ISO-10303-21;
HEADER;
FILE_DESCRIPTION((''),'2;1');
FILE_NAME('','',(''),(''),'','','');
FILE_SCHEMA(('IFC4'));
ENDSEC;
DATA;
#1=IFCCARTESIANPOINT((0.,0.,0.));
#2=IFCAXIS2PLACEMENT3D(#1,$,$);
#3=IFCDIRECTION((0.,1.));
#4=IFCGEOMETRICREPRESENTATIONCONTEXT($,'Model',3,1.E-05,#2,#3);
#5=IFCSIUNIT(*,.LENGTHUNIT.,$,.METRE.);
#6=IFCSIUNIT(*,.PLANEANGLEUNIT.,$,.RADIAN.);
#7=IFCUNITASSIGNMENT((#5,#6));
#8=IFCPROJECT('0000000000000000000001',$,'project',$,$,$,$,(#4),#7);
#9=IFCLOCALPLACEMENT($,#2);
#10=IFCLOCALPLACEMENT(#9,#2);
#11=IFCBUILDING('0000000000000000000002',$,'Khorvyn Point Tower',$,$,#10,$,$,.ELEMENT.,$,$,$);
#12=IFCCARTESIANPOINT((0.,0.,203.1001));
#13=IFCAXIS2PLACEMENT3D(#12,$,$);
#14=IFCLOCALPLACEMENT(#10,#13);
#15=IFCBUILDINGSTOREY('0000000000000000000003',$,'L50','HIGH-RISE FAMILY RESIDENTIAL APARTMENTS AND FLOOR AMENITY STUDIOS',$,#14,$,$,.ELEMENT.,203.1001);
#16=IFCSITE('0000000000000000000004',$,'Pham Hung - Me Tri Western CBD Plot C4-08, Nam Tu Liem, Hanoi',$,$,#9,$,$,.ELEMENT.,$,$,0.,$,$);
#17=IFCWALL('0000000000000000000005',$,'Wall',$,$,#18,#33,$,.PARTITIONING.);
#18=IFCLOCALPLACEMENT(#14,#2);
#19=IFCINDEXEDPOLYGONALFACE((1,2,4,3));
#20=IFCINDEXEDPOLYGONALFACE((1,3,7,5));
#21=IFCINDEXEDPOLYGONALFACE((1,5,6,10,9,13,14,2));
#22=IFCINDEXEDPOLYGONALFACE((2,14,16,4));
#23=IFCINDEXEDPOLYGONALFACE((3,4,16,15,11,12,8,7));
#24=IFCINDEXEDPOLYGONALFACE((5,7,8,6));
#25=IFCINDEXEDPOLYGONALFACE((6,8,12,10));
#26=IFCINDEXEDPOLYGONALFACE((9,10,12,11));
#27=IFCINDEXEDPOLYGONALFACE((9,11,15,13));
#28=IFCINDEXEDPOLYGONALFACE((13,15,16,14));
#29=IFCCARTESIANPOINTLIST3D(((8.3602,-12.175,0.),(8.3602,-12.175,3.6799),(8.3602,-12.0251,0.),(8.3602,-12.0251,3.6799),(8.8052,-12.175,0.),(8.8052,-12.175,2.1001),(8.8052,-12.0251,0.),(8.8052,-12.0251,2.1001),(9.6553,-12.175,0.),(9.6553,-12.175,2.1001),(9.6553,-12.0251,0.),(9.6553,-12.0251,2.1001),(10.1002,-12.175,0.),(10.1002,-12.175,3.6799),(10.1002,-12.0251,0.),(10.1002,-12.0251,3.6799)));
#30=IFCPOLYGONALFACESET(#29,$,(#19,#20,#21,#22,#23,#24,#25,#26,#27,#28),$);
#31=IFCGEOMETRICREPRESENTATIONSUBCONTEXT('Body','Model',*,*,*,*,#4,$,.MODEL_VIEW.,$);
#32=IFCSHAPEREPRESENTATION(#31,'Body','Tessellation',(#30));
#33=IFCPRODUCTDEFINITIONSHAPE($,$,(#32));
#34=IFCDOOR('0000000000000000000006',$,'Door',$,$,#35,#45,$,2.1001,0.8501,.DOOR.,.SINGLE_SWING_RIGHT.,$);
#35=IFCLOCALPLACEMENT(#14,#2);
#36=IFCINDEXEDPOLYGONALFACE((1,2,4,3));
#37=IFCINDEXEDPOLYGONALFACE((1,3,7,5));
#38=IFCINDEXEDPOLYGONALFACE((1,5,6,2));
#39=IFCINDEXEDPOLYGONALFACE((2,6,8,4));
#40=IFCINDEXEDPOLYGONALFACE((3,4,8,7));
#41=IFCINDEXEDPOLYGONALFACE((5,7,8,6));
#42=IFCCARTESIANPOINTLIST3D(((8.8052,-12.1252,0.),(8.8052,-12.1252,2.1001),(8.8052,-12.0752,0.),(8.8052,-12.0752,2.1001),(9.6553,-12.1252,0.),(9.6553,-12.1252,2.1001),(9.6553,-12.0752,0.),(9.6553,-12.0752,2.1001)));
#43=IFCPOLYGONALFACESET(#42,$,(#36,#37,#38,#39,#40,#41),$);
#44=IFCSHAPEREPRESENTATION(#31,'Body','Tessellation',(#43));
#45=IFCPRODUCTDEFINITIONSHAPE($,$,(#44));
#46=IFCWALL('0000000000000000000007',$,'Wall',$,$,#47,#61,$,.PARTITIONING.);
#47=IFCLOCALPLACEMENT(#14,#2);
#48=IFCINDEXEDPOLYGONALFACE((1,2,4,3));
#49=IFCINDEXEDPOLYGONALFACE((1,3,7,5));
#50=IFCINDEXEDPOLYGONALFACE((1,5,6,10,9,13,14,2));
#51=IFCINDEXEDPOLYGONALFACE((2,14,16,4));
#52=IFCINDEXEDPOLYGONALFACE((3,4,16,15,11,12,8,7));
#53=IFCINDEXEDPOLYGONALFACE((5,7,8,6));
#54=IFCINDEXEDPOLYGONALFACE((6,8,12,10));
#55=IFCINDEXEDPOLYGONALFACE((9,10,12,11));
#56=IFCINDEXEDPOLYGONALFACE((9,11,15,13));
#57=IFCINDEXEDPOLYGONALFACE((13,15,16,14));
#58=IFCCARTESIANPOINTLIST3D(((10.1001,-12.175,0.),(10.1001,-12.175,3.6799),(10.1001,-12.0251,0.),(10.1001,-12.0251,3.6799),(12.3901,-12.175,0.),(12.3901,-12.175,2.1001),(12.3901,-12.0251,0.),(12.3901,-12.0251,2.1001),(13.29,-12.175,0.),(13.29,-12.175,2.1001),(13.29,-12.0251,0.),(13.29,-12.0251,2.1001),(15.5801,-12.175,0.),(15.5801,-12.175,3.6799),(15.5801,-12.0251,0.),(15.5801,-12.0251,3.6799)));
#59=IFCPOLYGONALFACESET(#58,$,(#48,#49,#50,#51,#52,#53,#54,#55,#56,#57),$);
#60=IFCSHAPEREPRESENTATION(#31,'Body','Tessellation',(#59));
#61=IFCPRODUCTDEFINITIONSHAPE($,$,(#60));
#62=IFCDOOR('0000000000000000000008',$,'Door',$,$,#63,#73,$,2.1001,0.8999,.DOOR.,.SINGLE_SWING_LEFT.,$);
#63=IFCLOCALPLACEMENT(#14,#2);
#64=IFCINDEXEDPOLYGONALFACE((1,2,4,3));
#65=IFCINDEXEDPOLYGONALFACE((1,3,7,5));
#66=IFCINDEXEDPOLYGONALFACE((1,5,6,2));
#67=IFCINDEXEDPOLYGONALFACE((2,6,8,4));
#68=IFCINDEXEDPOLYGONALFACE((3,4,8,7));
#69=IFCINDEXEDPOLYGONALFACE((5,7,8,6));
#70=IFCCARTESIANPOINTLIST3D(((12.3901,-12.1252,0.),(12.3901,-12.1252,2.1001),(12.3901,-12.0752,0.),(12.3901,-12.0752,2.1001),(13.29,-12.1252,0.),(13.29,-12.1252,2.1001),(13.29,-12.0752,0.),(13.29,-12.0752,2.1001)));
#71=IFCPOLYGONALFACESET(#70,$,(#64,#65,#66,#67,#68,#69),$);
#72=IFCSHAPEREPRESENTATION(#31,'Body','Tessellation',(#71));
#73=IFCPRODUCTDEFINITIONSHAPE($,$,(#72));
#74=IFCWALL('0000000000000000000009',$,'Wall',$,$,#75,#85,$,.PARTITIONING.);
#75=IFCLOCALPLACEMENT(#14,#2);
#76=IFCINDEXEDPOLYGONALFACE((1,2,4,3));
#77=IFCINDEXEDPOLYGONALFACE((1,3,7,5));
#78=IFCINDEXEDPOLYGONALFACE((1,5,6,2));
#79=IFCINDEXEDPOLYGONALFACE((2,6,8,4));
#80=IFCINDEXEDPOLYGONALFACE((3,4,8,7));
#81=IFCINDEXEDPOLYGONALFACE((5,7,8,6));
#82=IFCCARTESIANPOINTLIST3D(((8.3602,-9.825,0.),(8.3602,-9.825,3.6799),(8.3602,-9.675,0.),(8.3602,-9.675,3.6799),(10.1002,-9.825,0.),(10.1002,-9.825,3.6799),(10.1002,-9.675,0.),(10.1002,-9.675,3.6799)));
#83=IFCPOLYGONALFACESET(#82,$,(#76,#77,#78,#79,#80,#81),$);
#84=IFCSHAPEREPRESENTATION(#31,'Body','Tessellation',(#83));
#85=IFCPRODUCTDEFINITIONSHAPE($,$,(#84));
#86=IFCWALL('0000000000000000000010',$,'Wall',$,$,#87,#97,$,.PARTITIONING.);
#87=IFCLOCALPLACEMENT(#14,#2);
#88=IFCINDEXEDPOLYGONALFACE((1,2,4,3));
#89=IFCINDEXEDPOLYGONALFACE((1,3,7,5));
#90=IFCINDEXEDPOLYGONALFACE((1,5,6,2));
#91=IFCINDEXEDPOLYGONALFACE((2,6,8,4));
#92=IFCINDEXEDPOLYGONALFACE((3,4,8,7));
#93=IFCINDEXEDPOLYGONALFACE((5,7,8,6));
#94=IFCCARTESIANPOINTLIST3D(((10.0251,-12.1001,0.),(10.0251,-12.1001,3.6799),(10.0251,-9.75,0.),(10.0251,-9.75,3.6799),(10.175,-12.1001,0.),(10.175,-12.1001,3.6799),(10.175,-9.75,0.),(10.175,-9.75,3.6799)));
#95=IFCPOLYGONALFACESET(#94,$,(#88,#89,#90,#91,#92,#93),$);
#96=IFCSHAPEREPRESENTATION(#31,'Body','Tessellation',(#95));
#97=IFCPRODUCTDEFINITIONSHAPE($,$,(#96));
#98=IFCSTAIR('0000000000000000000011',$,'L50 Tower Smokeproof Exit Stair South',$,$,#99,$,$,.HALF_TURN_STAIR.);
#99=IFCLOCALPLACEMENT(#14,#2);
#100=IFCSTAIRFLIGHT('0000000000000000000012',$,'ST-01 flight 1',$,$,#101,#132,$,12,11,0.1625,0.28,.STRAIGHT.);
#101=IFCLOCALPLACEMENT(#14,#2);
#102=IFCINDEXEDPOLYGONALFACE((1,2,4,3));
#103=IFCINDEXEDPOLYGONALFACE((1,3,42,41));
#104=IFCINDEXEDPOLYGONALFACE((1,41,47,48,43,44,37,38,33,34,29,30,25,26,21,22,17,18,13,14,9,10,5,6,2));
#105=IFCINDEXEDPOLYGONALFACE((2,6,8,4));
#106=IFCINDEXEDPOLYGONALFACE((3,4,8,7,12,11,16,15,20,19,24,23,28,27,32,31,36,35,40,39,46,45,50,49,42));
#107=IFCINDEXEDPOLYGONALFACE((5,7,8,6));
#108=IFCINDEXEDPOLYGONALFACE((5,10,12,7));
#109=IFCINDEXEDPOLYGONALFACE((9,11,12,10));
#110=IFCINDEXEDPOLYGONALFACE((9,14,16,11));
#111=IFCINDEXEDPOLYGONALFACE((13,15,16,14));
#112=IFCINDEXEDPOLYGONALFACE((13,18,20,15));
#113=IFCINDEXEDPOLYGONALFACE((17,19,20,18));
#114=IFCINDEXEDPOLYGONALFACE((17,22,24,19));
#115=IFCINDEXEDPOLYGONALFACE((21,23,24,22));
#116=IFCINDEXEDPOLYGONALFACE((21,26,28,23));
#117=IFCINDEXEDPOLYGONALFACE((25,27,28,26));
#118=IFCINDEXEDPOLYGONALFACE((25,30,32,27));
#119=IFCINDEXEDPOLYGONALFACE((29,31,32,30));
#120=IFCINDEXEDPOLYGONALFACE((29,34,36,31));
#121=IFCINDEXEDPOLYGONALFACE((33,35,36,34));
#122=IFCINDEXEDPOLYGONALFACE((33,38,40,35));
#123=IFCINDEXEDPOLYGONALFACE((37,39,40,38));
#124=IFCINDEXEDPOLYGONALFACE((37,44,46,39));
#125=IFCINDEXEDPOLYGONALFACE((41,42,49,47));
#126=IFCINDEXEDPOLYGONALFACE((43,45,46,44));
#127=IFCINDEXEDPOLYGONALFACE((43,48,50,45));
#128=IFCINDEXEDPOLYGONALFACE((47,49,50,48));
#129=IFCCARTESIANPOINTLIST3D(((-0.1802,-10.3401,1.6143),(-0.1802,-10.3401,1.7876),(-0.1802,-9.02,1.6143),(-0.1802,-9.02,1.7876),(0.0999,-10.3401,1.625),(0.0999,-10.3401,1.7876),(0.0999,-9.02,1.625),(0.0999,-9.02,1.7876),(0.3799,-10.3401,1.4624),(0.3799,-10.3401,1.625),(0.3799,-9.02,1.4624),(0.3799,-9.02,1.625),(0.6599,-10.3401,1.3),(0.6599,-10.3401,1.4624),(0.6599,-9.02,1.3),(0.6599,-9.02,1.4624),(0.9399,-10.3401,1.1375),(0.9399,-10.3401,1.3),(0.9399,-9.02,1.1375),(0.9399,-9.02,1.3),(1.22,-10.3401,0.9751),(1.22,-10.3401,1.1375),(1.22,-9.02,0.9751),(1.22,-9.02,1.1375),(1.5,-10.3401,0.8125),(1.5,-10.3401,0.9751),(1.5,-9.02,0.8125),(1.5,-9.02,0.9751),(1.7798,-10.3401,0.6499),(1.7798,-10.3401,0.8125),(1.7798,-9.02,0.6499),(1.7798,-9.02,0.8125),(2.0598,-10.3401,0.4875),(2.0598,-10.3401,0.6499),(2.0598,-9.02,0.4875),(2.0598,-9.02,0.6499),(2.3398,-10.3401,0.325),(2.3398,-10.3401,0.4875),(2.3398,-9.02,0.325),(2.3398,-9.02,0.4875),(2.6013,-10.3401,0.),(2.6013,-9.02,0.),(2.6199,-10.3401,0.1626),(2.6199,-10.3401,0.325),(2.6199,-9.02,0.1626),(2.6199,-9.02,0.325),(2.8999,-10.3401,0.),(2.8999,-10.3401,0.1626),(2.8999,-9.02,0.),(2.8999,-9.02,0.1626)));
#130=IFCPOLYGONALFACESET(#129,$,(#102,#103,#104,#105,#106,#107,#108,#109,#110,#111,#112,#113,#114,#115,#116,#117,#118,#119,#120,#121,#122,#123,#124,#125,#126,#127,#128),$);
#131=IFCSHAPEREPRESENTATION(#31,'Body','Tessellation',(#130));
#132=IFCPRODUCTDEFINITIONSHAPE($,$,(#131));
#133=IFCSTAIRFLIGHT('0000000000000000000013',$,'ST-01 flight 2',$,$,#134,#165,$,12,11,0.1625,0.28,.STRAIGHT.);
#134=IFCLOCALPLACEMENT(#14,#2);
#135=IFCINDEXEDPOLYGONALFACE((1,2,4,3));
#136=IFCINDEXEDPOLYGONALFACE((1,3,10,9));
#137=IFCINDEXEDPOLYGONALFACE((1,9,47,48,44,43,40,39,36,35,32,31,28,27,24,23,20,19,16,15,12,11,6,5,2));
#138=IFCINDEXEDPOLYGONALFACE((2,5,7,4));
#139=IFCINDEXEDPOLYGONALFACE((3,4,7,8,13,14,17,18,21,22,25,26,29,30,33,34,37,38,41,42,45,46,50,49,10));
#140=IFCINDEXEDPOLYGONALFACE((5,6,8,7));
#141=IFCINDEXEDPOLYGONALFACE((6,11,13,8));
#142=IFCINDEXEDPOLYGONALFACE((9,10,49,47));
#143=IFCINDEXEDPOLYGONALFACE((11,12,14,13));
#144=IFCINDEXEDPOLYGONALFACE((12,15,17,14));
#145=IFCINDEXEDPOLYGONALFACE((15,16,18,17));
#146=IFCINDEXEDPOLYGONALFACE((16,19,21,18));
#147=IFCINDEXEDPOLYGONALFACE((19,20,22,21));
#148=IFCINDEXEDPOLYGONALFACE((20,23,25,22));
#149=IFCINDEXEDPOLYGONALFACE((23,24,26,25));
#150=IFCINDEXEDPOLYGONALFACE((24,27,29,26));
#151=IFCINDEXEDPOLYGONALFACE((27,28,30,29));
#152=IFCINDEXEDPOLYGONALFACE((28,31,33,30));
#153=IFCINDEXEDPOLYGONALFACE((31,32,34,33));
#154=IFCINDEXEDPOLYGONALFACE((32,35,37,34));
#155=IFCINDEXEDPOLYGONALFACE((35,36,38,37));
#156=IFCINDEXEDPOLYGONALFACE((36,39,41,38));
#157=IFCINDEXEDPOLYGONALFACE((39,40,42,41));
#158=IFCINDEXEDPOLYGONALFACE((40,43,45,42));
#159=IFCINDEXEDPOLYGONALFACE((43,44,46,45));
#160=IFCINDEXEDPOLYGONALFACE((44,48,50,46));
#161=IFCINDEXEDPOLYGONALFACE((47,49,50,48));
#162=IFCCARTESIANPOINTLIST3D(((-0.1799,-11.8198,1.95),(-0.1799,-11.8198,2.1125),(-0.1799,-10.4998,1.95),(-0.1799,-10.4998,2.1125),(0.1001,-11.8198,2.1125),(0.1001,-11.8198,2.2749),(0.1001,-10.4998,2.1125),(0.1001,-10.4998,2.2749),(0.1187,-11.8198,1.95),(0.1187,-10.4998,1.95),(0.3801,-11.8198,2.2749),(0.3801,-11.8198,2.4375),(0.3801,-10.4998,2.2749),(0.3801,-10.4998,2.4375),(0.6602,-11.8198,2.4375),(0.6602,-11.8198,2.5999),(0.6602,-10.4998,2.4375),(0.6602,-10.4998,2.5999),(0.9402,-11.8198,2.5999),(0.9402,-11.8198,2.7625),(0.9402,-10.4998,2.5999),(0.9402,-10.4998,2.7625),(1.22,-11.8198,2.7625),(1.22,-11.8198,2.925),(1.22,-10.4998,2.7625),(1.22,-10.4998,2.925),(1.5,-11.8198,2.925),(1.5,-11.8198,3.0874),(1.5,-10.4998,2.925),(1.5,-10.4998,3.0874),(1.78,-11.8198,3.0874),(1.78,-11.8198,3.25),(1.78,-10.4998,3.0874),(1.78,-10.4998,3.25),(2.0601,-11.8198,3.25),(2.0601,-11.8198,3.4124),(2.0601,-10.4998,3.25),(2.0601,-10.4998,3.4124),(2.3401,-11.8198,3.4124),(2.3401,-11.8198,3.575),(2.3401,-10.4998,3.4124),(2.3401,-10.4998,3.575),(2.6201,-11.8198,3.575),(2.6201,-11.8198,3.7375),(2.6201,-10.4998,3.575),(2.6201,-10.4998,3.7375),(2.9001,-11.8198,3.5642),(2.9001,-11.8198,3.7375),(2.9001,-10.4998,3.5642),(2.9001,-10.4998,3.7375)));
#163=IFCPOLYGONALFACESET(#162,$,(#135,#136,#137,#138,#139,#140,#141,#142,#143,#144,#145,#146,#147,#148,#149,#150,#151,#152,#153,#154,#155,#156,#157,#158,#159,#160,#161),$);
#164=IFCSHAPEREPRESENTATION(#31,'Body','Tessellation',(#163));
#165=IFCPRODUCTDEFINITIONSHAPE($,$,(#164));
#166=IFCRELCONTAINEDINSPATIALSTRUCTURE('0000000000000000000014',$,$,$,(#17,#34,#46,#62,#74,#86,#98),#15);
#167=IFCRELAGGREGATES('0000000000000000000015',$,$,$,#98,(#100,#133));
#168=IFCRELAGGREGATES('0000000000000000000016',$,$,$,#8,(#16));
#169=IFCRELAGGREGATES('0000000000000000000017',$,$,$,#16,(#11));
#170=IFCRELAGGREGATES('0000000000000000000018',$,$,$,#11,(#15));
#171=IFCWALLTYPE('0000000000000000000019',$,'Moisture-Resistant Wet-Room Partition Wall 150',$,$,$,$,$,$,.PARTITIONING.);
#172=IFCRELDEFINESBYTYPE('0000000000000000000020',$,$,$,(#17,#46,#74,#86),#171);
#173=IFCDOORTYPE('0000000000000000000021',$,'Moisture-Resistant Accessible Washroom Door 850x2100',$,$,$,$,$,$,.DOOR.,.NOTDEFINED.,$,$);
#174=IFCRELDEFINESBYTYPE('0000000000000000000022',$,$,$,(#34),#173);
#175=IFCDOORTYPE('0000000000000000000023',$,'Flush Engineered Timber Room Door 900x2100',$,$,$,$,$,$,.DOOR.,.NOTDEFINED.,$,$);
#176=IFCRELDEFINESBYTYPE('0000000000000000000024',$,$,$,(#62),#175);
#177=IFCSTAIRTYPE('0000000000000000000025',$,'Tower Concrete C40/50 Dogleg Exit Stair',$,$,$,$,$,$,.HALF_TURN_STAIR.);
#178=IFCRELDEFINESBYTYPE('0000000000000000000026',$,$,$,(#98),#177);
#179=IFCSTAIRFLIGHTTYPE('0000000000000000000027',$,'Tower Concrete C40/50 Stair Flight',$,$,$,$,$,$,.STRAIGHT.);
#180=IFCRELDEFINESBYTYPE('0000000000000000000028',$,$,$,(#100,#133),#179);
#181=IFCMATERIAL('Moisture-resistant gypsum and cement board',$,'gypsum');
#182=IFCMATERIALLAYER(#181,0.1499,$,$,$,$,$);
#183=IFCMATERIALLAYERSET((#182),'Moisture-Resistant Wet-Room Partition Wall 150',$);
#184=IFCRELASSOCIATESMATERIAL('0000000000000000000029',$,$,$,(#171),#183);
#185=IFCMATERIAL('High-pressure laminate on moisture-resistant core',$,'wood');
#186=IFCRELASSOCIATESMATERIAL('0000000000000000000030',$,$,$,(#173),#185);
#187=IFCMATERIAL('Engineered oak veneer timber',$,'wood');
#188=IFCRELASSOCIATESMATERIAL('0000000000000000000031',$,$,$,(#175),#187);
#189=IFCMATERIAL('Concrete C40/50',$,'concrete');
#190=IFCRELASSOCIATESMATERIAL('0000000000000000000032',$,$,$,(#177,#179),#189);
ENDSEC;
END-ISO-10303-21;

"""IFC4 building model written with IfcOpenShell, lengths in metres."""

from ifc_helpers import new_model, si_unit, direction, frame, frame_2d, origin, place, context, subcontext, project, spatial, polyline, rectangle, outline, extrude, material, layer, layer_set, type_object, element, fill, aggregate, save


model = new_model("IFC4")

# Units and contexts
model_context = context("Model", 3, precision=1e-05, world=origin(), true_north=direction((0.0, 1.0)))
body_context = subcontext(model_context, "Body", "Model", "MODEL_VIEW")
ifc_project = project(units=[si_unit("LENGTHUNIT", "METRE"), si_unit("PLANEANGLEUNIT", "RADIAN")], contexts=[model_context])

# Site, building, storey
site_placement = place(None, origin())
site = spatial("IfcSite", under=ifc_project, at=site_placement, Name="Pham Hung - Me Tri Western CBD Plot C4-08, Nam Tu Liem, Hanoi", CompositionType="ELEMENT", RefElevation=0.0)
building_placement = place(site_placement, origin())
building = spatial("IfcBuilding", under=site, at=building_placement, Name="Khorvyn Point Tower", CompositionType="ELEMENT")
storey_placement = place(building_placement, frame((0.0, 0.0, 203.1001)))
storey = spatial("IfcBuildingStorey", under=building, at=storey_placement, Name="L50", Description="HIGH-RISE FAMILY RESIDENTIAL APARTMENTS AND FLOOR AMENITY STUDIOS", CompositionType="ELEMENT", Elevation=203.1001)

# Shared definitions
ifc_material_1 = material(Name="Concrete C40/50", Category="concrete")

# Walls, openings, doors
ifc_material_2 = material(Name="Moisture-resistant gypsum and cement board", Category="gypsum")
ifc_layer_1 = layer(ifc_material_2, 0.1499)
ifc_layer_set_1 = layer_set([ifc_layer_1], Name="Moisture-Resistant Wet-Room Partition Wall 150")
wall_type_1 = type_object("IfcWallType", Name="Moisture-Resistant Wet-Room Partition Wall 150", PredefinedType="PARTITIONING", material=ifc_layer_set_1)
wall_1_placement = place(storey_placement, frame((8.3601, -12.1001, 0.0), z_axis=(0.0, 0.0, 1.0), x_axis=(1.0, 0.0, 0.0)))
wall_1 = element("IfcWall", 1, at=wall_1_placement, inside=storey, type_object=wall_type_1, Name="Wall", PredefinedType="PARTITIONING", context=body_context, shape_type="SweptSolid", body=[
    extrude(rectangle(XDim=1.74, YDim=0.1499, at=frame_2d((0.8701, 0.0))), origin(), (0.0, 0.0, 1.0), 3.6799),
])
opening_1_placement = place(wall_1_placement, frame((0.4451, 0.0, 0.0)))
opening_1 = element("IfcOpeningElement", 2, at=opening_1_placement, cuts=wall_1, PredefinedType="OPENING", context=body_context, shape_type="SweptSolid", body=[
    extrude(rectangle(XDim=0.8501, YDim=2.1001, at=frame_2d((0.425, 1.05))), frame((0.0, 0.085, 0.0), z_axis=(0.0, -1.0, 0.0), x_axis=(1.0, 0.0, 0.0)), (0.0, 0.0, 1.0), 0.1699),
])
ifc_material_3 = material(Name="High-pressure laminate on moisture-resistant core", Category="wood")
door_type_1 = type_object("IfcDoorType", Name="Moisture-Resistant Accessible Washroom Door 850x2100", OperationType="NOTDEFINED", PredefinedType="DOOR", material=ifc_material_3)
door_1_placement = place(opening_1_placement, origin())
door_1 = element("IfcDoor", 3, at=door_1_placement, inside=storey, type_object=door_type_1, Name="Door", OperationType="SINGLE_SWING_RIGHT", OverallHeight=2.1001, OverallWidth=0.8501, PredefinedType="DOOR", context=body_context, shape_type="SweptSolid", body=[
    extrude(rectangle(XDim=0.8501, YDim=2.1001, at=frame_2d((0.425, 1.05))), frame((0.0, 0.0249, 0.0), z_axis=(0.0, -1.0, 0.0), x_axis=(1.0, 0.0, 0.0)), (0.0, 0.0, 1.0), 0.05),
])
fill(opening_1, door_1)
wall_2_placement = place(storey_placement, frame((10.1001, -12.1001, 0.0), z_axis=(0.0, 0.0, 1.0), x_axis=(1.0, 0.0, 0.0)))
wall_2 = element("IfcWall", 4, at=wall_2_placement, inside=storey, type_object=wall_type_1, Name="Wall", PredefinedType="PARTITIONING", context=body_context, shape_type="SweptSolid", body=[
    extrude(rectangle(XDim=5.48, YDim=0.1499, at=frame_2d((2.74, 0.0))), origin(), (0.0, 0.0, 1.0), 3.6799),
])
opening_2_placement = place(wall_2_placement, frame((2.29, 0.0, 0.0)))
opening_2 = element("IfcOpeningElement", 5, at=opening_2_placement, cuts=wall_2, PredefinedType="OPENING", context=body_context, shape_type="SweptSolid", body=[
    extrude(rectangle(XDim=0.8999, YDim=2.1001, at=frame_2d((0.45, 1.05))), frame((0.0, 0.085, 0.0), z_axis=(0.0, -1.0, 0.0), x_axis=(1.0, 0.0, 0.0)), (0.0, 0.0, 1.0), 0.1699),
])
ifc_material_4 = material(Name="Engineered oak veneer timber", Category="wood")
door_type_2 = type_object("IfcDoorType", Name="Flush Engineered Timber Room Door 900x2100", OperationType="NOTDEFINED", PredefinedType="DOOR", material=ifc_material_4)
door_2_placement = place(opening_2_placement, origin())
door_2 = element("IfcDoor", 6, at=door_2_placement, inside=storey, type_object=door_type_2, Name="Door", OperationType="SINGLE_SWING_LEFT", OverallHeight=2.1001, OverallWidth=0.8999, PredefinedType="DOOR", context=body_context, shape_type="SweptSolid", body=[
    extrude(rectangle(XDim=0.8999, YDim=2.1001, at=frame_2d((0.45, 1.05))), frame((0.0, 0.0249, 0.0), z_axis=(0.0, -1.0, 0.0), x_axis=(1.0, 0.0, 0.0)), (0.0, 0.0, 1.0), 0.05),
])
fill(opening_2, door_2)

# Walls
wall_3_placement = place(storey_placement, frame((8.3601, -9.75, 0.0), z_axis=(0.0, 0.0, 1.0), x_axis=(1.0, 0.0, 0.0)))
element("IfcWall", 7, at=wall_3_placement, inside=storey, type_object=wall_type_1, Name="Wall", PredefinedType="PARTITIONING", context=body_context, shape_type="SweptSolid", body=[
    extrude(rectangle(XDim=1.74, YDim=0.1499, at=frame_2d((0.8701, 0.0))), origin(), (0.0, 0.0, 1.0), 3.6799),
])
wall_4_placement = place(storey_placement, frame((10.1001, -12.1001, 0.0), z_axis=(0.0, 0.0, 1.0), x_axis=(0.0, 1.0, 0.0)))
element("IfcWall", 8, at=wall_4_placement, inside=storey, type_object=wall_type_1, Name="Wall", PredefinedType="PARTITIONING", context=body_context, shape_type="SweptSolid", body=[
    extrude(rectangle(XDim=2.3501, YDim=0.1499, at=frame_2d((1.175, 0.0))), origin(), (0.0, 0.0, 1.0), 3.6799),
])

# Stair, stair flights
stair_type = type_object("IfcStairType", Name="Tower Concrete C40/50 Dogleg Exit Stair", PredefinedType="HALF_TURN_STAIR", material=ifc_material_1)
stair_placement = place(storey_placement, origin())
stair = element("IfcStair", 9, at=stair_placement, inside=storey, type_object=stair_type, Name="L50 Tower Smokeproof Exit Stair South", PredefinedType="HALF_TURN_STAIR")
stair_flight_type = type_object("IfcStairFlightType", Name="Tower Concrete C40/50 Stair Flight", PredefinedType="STRAIGHT", material=ifc_material_1)
stair_flight_1_placement = place(storey_placement, frame((2.8999, -9.6799, 0.0), z_axis=(0.0, 0.0, 1.0), x_axis=(-1.0, 0.0, 0.0)))
stair_flight_1 = element("IfcStairFlight", 10, at=stair_flight_1_placement, type_object=stair_flight_type, Name="ST-01 flight 1", NumberOfRisers=12, NumberOfTreads=11, PredefinedType="STRAIGHT", RiserHeight=0.1625, TreadLength=0.28, context=body_context, shape_type="SweptSolid", body=[
    extrude(outline(polyline([(0.0, 0.0), (0.0, 0.1626), (0.28, 0.1626), (0.28, 0.325), (0.5601, 0.325), (0.5601, 0.4875), (0.8401, 0.4875), (0.8401, 0.6499), (1.1201, 0.6499), (1.1201, 0.8125), (1.3999, 0.8125), (1.3999, 0.9751), (1.6799, 0.9751), (1.6799, 1.1375), (1.96, 1.1375), (1.96, 1.3), (2.24, 1.3), (2.24, 1.4624), (2.52, 1.4624), (2.52, 1.625), (2.8, 1.625), (2.8, 1.7876), (3.0801, 1.7876), (3.0801, 1.95), (3.0801, 1.6143), (0.2986, 0.0), (0.0, 0.0)])), frame((0.0, 0.6602, 0.0), z_axis=(0.0, -1.0, 0.0), x_axis=(1.0, 0.0, 0.0)), (0.0, 0.0, 1.0), 1.3201),
])
stair_flight_2_placement = place(storey_placement, frame((-0.1799, -11.1599, 1.95), z_axis=(0.0, 0.0, 1.0), x_axis=(1.0, 0.0, 0.0)))
stair_flight_2 = element("IfcStairFlight", 11, at=stair_flight_2_placement, type_object=stair_flight_type, Name="ST-01 flight 2", NumberOfRisers=12, NumberOfTreads=11, PredefinedType="STRAIGHT", RiserHeight=0.1625, TreadLength=0.28, context=body_context, shape_type="SweptSolid", body=[
    extrude(outline(polyline([(0.0, 0.0), (0.0, 0.1626), (0.28, 0.1626), (0.28, 0.325), (0.5601, 0.325), (0.5601, 0.4875), (0.8401, 0.4875), (0.8401, 0.6499), (1.1201, 0.6499), (1.1201, 0.8125), (1.3999, 0.8125), (1.3999, 0.9751), (1.6799, 0.9751), (1.6799, 1.1375), (1.96, 1.1375), (1.96, 1.3), (2.24, 1.3), (2.24, 1.4624), (2.52, 1.4624), (2.52, 1.625), (2.8, 1.625), (2.8, 1.7876), (3.0801, 1.7876), (3.0801, 1.95), (3.0801, 1.6143), (0.2986, 0.0), (0.0, 0.0)])), frame((0.0, 0.6602, 0.0), z_axis=(0.0, -1.0, 0.0), x_axis=(1.0, 0.0, 0.0)), (0.0, 0.0, 1.0), 1.3201),
])
aggregate(stair, [stair_flight_1, stair_flight_2])

save(model, "model.ifc")
